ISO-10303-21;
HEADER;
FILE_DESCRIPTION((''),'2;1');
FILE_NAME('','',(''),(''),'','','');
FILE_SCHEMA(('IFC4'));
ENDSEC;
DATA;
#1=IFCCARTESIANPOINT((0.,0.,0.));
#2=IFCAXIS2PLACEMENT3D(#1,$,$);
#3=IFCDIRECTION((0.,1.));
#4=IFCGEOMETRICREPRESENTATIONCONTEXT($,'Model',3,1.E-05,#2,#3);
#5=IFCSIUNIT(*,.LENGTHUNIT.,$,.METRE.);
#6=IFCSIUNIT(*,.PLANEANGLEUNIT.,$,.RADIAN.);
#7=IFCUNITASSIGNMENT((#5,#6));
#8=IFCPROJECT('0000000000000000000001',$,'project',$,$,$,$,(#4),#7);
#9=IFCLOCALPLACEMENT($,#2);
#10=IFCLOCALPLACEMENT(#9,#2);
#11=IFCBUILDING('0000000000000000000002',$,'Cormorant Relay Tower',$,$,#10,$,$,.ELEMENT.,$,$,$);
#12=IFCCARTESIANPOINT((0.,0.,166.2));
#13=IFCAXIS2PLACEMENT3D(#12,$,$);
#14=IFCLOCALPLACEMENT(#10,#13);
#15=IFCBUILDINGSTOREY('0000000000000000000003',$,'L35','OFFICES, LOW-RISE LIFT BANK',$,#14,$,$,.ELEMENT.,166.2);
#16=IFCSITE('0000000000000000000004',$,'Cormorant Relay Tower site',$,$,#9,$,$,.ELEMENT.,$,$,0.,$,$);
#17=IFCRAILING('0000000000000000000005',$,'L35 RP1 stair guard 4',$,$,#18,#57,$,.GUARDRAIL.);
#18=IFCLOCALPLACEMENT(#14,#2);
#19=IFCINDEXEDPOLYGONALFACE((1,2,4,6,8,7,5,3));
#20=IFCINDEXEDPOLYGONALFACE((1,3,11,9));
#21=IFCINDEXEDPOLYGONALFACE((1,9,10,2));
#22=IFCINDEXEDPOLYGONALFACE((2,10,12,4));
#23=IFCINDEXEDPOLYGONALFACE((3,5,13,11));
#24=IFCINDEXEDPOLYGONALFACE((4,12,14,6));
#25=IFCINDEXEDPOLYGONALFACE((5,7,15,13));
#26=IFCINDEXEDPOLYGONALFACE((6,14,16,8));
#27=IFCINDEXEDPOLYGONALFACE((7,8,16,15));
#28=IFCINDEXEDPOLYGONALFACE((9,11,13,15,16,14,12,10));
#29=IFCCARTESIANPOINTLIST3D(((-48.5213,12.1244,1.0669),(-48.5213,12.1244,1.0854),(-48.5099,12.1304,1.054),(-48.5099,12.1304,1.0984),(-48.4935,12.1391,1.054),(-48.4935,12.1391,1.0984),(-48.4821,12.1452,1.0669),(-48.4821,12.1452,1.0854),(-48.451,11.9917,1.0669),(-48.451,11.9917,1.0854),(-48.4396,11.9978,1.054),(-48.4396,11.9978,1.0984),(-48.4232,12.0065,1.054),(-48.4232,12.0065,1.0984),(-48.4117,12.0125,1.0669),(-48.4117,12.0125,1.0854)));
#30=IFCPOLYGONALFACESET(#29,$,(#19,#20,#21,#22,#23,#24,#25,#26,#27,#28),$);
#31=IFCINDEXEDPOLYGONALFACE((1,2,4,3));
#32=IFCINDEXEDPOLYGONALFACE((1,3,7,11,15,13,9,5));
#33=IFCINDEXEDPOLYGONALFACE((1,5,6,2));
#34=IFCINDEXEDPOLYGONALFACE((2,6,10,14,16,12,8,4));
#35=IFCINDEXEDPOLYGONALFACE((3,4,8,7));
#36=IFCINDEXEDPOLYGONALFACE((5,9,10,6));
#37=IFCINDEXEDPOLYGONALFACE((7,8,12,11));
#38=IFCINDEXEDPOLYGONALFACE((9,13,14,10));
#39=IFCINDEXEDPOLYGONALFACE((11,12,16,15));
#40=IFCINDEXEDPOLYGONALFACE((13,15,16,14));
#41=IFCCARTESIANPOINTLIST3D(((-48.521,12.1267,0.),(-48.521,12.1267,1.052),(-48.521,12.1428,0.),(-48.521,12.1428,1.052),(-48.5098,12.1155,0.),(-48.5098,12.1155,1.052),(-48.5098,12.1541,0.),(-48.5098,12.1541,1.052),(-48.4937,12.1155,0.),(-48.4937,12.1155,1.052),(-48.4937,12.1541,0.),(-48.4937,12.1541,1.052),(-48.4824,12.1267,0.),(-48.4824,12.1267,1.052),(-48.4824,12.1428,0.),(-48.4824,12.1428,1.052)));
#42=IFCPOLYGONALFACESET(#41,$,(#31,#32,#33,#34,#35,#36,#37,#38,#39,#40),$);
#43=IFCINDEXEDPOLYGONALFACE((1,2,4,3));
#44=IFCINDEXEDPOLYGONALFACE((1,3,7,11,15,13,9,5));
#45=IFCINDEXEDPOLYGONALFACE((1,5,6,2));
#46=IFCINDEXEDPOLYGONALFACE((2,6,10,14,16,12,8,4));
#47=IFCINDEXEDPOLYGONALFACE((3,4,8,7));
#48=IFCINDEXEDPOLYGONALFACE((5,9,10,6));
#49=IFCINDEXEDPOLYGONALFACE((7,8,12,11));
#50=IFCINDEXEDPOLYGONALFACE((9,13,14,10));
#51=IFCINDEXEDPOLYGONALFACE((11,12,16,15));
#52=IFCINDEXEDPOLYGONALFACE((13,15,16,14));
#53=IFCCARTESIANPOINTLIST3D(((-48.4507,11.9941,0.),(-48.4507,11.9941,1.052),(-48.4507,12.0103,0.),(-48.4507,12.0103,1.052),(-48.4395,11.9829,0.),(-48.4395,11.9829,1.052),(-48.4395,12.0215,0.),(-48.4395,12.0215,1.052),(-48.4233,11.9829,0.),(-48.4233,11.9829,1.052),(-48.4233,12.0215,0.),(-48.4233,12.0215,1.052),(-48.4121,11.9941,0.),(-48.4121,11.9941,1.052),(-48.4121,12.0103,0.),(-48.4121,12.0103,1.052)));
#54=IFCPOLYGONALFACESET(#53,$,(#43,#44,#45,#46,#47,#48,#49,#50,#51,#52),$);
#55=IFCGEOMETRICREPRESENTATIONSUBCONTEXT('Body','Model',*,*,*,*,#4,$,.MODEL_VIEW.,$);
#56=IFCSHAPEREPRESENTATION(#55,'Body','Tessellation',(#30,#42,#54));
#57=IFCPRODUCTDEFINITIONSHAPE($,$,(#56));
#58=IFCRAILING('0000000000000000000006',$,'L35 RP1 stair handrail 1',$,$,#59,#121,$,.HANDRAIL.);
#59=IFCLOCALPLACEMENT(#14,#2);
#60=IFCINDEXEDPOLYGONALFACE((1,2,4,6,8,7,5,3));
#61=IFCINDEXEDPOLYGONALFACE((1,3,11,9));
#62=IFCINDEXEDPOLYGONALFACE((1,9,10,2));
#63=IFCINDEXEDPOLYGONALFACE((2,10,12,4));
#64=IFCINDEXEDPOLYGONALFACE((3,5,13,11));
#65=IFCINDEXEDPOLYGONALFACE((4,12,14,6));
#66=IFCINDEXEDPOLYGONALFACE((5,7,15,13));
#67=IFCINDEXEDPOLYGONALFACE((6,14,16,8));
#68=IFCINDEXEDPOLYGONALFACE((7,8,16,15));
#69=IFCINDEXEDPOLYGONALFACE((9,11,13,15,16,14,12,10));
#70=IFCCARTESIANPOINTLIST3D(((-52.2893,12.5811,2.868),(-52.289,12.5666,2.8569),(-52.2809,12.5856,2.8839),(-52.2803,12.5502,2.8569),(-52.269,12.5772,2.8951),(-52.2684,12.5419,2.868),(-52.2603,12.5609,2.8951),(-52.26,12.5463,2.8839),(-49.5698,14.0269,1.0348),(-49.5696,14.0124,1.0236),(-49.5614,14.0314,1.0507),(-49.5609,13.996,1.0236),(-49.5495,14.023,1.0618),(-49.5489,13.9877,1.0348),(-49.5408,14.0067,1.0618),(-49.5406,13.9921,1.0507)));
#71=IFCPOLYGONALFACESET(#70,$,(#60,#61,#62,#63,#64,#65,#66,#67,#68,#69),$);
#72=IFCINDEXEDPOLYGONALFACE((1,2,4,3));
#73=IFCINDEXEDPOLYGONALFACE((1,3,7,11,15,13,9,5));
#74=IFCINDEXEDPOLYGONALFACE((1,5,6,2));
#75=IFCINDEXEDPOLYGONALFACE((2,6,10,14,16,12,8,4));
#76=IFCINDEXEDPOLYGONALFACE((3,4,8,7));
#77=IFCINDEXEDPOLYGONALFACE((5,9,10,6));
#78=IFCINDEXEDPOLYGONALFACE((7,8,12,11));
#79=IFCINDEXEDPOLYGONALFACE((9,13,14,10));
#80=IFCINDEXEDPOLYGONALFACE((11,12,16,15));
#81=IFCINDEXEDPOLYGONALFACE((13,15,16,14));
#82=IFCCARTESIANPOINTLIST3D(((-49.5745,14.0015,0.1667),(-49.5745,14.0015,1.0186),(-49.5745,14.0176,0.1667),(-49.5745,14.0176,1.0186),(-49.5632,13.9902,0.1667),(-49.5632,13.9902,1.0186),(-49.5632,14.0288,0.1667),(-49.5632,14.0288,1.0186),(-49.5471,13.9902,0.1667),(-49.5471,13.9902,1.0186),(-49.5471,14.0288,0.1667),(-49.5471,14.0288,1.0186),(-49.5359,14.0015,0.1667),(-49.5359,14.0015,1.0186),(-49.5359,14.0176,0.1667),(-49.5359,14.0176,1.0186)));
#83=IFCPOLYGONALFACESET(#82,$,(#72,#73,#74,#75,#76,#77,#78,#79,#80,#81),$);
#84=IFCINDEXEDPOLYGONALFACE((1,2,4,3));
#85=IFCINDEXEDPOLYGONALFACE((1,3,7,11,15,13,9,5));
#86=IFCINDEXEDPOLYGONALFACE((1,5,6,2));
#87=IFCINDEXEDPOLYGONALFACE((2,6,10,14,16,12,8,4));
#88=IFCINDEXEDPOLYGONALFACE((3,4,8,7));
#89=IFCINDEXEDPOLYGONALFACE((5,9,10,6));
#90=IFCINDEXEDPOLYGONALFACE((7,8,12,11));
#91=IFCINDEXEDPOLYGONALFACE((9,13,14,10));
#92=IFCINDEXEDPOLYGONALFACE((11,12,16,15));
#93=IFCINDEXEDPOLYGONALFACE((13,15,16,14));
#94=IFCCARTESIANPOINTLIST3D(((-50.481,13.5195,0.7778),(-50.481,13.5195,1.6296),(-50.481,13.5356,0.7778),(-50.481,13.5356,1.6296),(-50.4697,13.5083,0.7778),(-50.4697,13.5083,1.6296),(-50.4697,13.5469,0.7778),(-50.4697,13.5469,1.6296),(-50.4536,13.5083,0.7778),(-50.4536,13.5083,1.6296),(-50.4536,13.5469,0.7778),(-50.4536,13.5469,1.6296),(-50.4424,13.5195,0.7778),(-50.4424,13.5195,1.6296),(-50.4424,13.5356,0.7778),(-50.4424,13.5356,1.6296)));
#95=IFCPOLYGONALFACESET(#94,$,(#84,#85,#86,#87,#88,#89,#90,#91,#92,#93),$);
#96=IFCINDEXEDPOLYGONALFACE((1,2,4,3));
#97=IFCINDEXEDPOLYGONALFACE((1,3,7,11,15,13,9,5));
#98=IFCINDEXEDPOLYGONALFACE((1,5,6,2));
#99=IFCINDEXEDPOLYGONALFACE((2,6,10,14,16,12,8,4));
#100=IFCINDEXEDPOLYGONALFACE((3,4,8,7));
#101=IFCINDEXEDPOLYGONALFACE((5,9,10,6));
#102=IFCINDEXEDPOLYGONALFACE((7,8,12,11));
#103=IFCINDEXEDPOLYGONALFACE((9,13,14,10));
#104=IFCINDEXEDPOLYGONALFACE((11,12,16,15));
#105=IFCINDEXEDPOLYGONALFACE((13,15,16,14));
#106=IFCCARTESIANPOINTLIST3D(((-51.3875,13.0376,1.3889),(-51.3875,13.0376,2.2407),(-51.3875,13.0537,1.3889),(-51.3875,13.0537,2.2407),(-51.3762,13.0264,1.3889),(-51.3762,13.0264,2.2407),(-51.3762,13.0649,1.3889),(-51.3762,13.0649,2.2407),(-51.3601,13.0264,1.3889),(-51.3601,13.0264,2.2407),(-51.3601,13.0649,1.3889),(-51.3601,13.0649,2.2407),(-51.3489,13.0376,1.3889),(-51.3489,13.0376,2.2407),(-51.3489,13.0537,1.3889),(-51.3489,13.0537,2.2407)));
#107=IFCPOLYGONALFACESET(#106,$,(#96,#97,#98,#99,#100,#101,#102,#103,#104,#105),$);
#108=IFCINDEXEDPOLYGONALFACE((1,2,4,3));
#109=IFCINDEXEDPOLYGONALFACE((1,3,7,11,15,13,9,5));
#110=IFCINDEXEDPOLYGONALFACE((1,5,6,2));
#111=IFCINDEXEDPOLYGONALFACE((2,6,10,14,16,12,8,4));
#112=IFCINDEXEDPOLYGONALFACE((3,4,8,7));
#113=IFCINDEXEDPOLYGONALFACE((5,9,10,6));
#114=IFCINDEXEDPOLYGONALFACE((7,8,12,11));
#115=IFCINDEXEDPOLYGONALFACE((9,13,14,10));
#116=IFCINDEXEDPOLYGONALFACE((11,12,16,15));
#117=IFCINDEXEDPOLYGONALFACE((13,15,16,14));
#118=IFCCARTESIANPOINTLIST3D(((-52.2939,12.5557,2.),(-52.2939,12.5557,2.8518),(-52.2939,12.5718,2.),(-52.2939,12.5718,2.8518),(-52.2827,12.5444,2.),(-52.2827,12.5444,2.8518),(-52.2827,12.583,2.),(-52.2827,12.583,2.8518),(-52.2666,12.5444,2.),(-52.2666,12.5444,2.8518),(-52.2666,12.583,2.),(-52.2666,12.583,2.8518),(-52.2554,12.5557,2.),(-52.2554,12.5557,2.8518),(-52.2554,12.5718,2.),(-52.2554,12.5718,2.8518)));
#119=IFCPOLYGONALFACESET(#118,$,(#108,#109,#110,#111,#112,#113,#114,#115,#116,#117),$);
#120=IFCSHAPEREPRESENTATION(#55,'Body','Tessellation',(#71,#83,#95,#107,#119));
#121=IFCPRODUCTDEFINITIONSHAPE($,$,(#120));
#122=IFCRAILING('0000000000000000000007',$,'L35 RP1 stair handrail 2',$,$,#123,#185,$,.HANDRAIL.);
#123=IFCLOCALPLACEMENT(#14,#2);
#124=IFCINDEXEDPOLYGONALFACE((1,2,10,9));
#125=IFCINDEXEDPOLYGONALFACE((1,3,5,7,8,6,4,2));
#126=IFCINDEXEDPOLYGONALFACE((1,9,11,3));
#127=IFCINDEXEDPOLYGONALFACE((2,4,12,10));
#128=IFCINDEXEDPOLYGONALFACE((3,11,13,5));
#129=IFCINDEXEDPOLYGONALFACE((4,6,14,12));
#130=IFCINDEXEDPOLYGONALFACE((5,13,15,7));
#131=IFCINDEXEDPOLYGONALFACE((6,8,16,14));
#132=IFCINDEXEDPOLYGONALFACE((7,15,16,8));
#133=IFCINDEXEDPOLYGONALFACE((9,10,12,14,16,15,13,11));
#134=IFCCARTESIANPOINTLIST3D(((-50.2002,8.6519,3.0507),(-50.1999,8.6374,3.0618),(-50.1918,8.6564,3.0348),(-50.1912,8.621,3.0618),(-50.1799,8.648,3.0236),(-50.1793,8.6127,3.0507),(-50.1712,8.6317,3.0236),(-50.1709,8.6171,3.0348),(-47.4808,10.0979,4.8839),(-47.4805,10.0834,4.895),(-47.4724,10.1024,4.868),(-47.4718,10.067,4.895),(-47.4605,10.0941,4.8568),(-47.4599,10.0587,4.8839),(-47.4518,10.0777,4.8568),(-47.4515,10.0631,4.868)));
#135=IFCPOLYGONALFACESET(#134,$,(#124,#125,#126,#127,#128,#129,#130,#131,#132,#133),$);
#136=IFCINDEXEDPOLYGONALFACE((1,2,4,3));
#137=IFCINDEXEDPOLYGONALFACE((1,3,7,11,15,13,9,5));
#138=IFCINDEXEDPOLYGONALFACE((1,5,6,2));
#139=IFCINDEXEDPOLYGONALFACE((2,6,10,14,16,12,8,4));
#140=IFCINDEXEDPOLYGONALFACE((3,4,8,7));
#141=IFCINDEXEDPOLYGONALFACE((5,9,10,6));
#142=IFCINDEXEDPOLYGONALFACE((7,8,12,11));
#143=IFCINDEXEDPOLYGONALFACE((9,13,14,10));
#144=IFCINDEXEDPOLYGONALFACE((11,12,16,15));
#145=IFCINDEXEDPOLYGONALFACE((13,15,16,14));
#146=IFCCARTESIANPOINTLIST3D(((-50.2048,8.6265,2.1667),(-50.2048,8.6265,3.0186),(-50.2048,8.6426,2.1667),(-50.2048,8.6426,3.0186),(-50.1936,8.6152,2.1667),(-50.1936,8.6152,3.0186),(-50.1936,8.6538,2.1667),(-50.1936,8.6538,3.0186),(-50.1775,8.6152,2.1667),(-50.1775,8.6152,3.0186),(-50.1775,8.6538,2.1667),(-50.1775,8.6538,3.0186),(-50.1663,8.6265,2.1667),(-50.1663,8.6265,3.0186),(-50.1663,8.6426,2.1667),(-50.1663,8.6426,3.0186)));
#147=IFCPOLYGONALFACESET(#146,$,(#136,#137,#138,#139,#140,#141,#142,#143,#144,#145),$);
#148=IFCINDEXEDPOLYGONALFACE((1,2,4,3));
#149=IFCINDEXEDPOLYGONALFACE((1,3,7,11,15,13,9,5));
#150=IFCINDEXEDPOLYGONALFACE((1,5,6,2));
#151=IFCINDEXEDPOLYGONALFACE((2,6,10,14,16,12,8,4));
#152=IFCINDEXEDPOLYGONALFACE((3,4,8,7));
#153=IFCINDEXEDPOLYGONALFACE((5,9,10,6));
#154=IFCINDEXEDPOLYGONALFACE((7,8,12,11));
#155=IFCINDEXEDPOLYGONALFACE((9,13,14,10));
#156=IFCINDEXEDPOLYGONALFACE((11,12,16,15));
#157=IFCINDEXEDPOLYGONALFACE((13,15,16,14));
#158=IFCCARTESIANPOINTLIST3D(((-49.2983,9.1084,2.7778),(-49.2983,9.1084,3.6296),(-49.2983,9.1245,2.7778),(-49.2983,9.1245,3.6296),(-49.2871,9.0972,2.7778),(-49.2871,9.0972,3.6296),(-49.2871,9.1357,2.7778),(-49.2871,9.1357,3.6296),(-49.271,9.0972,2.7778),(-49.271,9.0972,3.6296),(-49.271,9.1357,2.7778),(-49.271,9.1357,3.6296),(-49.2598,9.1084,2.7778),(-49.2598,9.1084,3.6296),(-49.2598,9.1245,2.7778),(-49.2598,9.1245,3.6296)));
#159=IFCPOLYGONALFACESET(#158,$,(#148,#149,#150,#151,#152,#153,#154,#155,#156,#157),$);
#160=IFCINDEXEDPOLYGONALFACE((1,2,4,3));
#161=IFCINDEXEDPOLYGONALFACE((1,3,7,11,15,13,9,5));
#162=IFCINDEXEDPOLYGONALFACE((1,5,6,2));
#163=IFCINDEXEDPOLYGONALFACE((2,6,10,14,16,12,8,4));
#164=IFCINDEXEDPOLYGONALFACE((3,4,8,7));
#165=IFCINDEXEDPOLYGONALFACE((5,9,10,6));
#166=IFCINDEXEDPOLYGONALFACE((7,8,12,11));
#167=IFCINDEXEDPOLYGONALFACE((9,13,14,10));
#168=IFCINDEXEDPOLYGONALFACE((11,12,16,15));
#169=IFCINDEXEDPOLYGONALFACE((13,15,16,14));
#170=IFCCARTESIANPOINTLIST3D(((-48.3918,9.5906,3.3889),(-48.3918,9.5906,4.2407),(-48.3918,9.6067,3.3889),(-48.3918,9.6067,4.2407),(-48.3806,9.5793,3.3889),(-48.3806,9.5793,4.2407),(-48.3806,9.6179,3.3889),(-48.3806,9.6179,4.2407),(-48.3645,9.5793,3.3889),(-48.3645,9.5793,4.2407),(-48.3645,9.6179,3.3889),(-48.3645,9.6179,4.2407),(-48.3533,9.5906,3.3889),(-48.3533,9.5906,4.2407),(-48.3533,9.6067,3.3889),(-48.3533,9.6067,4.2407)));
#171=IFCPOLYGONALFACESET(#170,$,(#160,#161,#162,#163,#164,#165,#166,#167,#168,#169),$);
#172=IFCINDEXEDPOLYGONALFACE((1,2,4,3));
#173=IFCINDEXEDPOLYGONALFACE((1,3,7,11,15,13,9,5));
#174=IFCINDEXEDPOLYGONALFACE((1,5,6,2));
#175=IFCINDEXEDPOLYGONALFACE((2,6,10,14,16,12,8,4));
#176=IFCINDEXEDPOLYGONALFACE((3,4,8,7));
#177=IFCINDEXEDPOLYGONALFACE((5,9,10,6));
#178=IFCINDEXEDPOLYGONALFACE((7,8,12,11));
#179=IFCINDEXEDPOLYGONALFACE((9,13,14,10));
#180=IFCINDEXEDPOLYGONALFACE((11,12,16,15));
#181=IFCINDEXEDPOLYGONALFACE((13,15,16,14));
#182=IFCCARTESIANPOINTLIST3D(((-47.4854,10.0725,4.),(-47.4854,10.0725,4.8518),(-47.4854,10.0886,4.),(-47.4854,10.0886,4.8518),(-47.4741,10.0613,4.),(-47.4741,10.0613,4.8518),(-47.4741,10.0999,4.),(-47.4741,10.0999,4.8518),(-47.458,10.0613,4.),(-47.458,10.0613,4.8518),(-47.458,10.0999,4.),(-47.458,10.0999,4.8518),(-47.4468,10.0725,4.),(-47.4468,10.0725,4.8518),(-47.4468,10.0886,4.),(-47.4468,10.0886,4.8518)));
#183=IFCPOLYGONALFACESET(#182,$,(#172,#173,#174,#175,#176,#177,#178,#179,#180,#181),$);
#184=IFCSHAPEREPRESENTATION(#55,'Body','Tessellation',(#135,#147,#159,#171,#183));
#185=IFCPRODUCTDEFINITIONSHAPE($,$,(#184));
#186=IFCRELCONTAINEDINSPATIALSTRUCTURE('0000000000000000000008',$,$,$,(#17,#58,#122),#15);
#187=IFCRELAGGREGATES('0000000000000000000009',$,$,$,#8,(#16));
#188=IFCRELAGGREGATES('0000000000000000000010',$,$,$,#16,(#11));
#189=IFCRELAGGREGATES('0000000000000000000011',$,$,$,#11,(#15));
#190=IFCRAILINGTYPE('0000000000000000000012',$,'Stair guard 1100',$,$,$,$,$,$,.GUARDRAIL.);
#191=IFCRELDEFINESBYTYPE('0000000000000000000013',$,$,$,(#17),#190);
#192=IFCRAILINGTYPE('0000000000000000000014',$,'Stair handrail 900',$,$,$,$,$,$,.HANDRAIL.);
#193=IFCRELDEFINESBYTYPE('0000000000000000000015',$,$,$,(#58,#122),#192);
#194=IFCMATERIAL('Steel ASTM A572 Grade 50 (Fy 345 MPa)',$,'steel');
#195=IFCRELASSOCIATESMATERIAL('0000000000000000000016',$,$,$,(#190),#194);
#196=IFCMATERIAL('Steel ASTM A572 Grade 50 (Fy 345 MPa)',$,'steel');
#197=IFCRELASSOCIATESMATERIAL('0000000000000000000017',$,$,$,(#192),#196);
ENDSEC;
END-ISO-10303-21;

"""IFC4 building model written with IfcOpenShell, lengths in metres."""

from ifc_helpers import new_model, si_unit, direction, frame, origin, place, context, subcontext, project, spatial, polyline, outline, extrude, material, type_object, element, save


model = new_model("IFC4")

# Units and contexts
model_context = context("Model", 3, precision=1e-05, world=origin(), true_north=direction((0.0, 1.0)))
body_context = subcontext(model_context, "Body", "Model", "MODEL_VIEW")
ifc_project = project(units=[si_unit("LENGTHUNIT", "METRE"), si_unit("PLANEANGLEUNIT", "RADIAN")], contexts=[model_context])

# Site, building, storey
site_placement = place(None, origin())
site = spatial("IfcSite", under=ifc_project, at=site_placement, Name="Cormorant Relay Tower site", CompositionType="ELEMENT", RefElevation=0.0)
building_placement = place(site_placement, origin())
building = spatial("IfcBuilding", under=site, at=building_placement, Name="Cormorant Relay Tower", CompositionType="ELEMENT")
storey_placement = place(building_placement, frame((0.0, 0.0, 166.2)))
storey = spatial("IfcBuildingStorey", under=building, at=storey_placement, Name="L35", Description="OFFICES, LOW-RISE LIFT BANK", CompositionType="ELEMENT", Elevation=166.2)

# Railings
ifc_material_1 = material(Name="Steel ASTM A572 Grade 50 (Fy 345 MPa)", Category="steel")
railing_type_1 = type_object("IfcRailingType", Name="Stair guard 1100", PredefinedType="GUARDRAIL", material=ifc_material_1)
railing_1_placement = place(storey_placement, frame((-48.5017, 12.1348, 0.0)))
element("IfcRailing", 1, at=railing_1_placement, inside=storey, type_object=railing_type_1, Name="L35 RP1 stair guard 4", PredefinedType="GUARDRAIL", context=body_context, shape_type="SweptSolid", body=[
    extrude(outline(polyline([(0.0222, 0.0093), (0.0093, 0.0222), (-0.0093, 0.0222), (-0.0222, 0.0093), (-0.0222, -0.0093), (-0.0093, -0.0222), (0.0093, -0.0222), (0.0222, -0.0093), (0.0222, 0.0093)])), frame((0.0, 0.0, 1.0762), z_axis=(0.46856, -0.883431, 0.0), x_axis=(0.883431, 0.46856, 0.0)), (0.0, 0.0, 1.0), 0.1501),
    extrude(outline(polyline([(0.0193, 0.0081), (0.0081, 0.0193), (-0.0081, 0.0193), (-0.0193, 0.0081), (-0.0193, -0.0081), (-0.0081, -0.0193), (0.0081, -0.0193), (0.0193, -0.0081), (0.0193, 0.0081)])), origin(), (0.0, 0.0, 1.0), 1.052),
    extrude(outline(polyline([(0.0193, 0.0081), (0.0081, 0.0193), (-0.0081, 0.0193), (-0.0193, 0.0081), (-0.0193, -0.0081), (-0.0081, -0.0193), (0.0081, -0.0193), (0.0193, -0.0081), (0.0193, 0.0081)])), frame((0.0703, -0.1326, 0.0)), (0.0, 0.0, 1.0), 1.052),
])
ifc_material_2 = material(Name="Steel ASTM A572 Grade 50 (Fy 345 MPa)", Category="steel")
railing_type_2 = type_object("IfcRailingType", Name="Stair handrail 900", PredefinedType="HANDRAIL", material=ifc_material_2)
railing_2_placement = place(storey_placement, frame((-49.5552, 14.0095, 0.1667)))
element("IfcRailing", 2, at=railing_2_placement, inside=storey, type_object=railing_type_2, Name="L35 RP1 stair handrail 1", PredefinedType="HANDRAIL", context=body_context, shape_type="SweptSolid", body=[
    extrude(outline(polyline([(0.0222, 0.0093), (0.0093, 0.0222), (-0.0093, 0.0222), (-0.0222, 0.0093), (-0.0222, -0.0093), (-0.0093, -0.0222), (0.0093, -0.0222), (0.0222, -0.0093), (0.0222, 0.0093)])), frame((0.0, 0.0, 0.876), z_axis=(-0.758735, -0.403378, 0.511477), x_axis=(0.469428, -0.882971, 0.0)), (0.0, 0.0, 1.0), 3.5842),
    extrude(outline(polyline([(0.0193, 0.0081), (0.0081, 0.0193), (-0.0081, 0.0193), (-0.0193, 0.0081), (-0.0193, -0.0081), (-0.0081, -0.0193), (0.0081, -0.0193), (0.0193, -0.0081), (0.0193, 0.0081)])), origin(), (0.0, 0.0, 1.0), 0.8518),
    extrude(outline(polyline([(0.0193, 0.0081), (0.0081, 0.0193), (-0.0081, 0.0193), (-0.0193, 0.0081), (-0.0193, -0.0081), (-0.0081, -0.0193), (0.0081, -0.0193), (0.0193, -0.0081), (0.0193, 0.0081)])), frame((-0.9065, -0.4819, 0.6111)), (0.0, 0.0, 1.0), 0.8518),
    extrude(outline(polyline([(0.0193, 0.0081), (0.0081, 0.0193), (-0.0081, 0.0193), (-0.0193, 0.0081), (-0.0193, -0.0081), (-0.0081, -0.0193), (0.0081, -0.0193), (0.0193, -0.0081), (0.0193, 0.0081)])), frame((-1.813, -0.9639, 1.2222)), (0.0, 0.0, 1.0), 0.8518),
    extrude(outline(polyline([(0.0193, 0.0081), (0.0081, 0.0193), (-0.0081, 0.0193), (-0.0193, 0.0081), (-0.0193, -0.0081), (-0.0081, -0.0193), (0.0081, -0.0193), (0.0193, -0.0081), (0.0193, 0.0081)])), frame((-2.7195, -1.4458, 1.8333)), (0.0, 0.0, 1.0), 0.8518),
])
railing_3_placement = place(storey_placement, frame((-50.1855, 8.6345, 2.1667)))
element("IfcRailing", 3, at=railing_3_placement, inside=storey, type_object=railing_type_2, Name="L35 RP1 stair handrail 2", PredefinedType="HANDRAIL", context=body_context, shape_type="SweptSolid", body=[
    extrude(outline(polyline([(0.0222, 0.0093), (0.0093, 0.0222), (-0.0093, 0.0222), (-0.0222, 0.0093), (-0.0222, -0.0093), (-0.0093, -0.0222), (0.0093, -0.0222), (0.0222, -0.0093), (0.0222, 0.0093)])), frame((0.0, 0.0, 0.876), z_axis=(0.758714, 0.403435, 0.511463), x_axis=(-0.469489, 0.882938, 0.0)), (0.0, 0.0, 1.0), 3.5842),
    extrude(outline(polyline([(0.0193, 0.0081), (0.0081, 0.0193), (-0.0081, 0.0193), (-0.0193, 0.0081), (-0.0193, -0.0081), (-0.0081, -0.0193), (0.0081, -0.0193), (0.0193, -0.0081), (0.0193, 0.0081)])), origin(), (0.0, 0.0, 1.0), 0.8518),
    extrude(outline(polyline([(0.0193, 0.0081), (0.0081, 0.0193), (-0.0081, 0.0193), (-0.0193, 0.0081), (-0.0193, -0.0081), (-0.0081, -0.0193), (0.0081, -0.0193), (0.0193, -0.0081), (0.0193, 0.0081)])), frame((0.9065, 0.4819, 0.6111)), (0.0, 0.0, 1.0), 0.8518),
    extrude(outline(polyline([(0.0193, 0.0081), (0.0081, 0.0193), (-0.0081, 0.0193), (-0.0193, 0.0081), (-0.0193, -0.0081), (-0.0081, -0.0193), (0.0081, -0.0193), (0.0193, -0.0081), (0.0193, 0.0081)])), frame((1.813, 0.9641, 1.2222)), (0.0, 0.0, 1.0), 0.8518),
    extrude(outline(polyline([(0.0193, 0.0081), (0.0081, 0.0193), (-0.0081, 0.0193), (-0.0193, 0.0081), (-0.0193, -0.0081), (-0.0081, -0.0193), (0.0081, -0.0193), (0.0193, -0.0081), (0.0193, 0.0081)])), frame((2.7195, 1.446, 1.8333)), (0.0, 0.0, 1.0), 0.8518),
])

save(model, "model.ifc")
